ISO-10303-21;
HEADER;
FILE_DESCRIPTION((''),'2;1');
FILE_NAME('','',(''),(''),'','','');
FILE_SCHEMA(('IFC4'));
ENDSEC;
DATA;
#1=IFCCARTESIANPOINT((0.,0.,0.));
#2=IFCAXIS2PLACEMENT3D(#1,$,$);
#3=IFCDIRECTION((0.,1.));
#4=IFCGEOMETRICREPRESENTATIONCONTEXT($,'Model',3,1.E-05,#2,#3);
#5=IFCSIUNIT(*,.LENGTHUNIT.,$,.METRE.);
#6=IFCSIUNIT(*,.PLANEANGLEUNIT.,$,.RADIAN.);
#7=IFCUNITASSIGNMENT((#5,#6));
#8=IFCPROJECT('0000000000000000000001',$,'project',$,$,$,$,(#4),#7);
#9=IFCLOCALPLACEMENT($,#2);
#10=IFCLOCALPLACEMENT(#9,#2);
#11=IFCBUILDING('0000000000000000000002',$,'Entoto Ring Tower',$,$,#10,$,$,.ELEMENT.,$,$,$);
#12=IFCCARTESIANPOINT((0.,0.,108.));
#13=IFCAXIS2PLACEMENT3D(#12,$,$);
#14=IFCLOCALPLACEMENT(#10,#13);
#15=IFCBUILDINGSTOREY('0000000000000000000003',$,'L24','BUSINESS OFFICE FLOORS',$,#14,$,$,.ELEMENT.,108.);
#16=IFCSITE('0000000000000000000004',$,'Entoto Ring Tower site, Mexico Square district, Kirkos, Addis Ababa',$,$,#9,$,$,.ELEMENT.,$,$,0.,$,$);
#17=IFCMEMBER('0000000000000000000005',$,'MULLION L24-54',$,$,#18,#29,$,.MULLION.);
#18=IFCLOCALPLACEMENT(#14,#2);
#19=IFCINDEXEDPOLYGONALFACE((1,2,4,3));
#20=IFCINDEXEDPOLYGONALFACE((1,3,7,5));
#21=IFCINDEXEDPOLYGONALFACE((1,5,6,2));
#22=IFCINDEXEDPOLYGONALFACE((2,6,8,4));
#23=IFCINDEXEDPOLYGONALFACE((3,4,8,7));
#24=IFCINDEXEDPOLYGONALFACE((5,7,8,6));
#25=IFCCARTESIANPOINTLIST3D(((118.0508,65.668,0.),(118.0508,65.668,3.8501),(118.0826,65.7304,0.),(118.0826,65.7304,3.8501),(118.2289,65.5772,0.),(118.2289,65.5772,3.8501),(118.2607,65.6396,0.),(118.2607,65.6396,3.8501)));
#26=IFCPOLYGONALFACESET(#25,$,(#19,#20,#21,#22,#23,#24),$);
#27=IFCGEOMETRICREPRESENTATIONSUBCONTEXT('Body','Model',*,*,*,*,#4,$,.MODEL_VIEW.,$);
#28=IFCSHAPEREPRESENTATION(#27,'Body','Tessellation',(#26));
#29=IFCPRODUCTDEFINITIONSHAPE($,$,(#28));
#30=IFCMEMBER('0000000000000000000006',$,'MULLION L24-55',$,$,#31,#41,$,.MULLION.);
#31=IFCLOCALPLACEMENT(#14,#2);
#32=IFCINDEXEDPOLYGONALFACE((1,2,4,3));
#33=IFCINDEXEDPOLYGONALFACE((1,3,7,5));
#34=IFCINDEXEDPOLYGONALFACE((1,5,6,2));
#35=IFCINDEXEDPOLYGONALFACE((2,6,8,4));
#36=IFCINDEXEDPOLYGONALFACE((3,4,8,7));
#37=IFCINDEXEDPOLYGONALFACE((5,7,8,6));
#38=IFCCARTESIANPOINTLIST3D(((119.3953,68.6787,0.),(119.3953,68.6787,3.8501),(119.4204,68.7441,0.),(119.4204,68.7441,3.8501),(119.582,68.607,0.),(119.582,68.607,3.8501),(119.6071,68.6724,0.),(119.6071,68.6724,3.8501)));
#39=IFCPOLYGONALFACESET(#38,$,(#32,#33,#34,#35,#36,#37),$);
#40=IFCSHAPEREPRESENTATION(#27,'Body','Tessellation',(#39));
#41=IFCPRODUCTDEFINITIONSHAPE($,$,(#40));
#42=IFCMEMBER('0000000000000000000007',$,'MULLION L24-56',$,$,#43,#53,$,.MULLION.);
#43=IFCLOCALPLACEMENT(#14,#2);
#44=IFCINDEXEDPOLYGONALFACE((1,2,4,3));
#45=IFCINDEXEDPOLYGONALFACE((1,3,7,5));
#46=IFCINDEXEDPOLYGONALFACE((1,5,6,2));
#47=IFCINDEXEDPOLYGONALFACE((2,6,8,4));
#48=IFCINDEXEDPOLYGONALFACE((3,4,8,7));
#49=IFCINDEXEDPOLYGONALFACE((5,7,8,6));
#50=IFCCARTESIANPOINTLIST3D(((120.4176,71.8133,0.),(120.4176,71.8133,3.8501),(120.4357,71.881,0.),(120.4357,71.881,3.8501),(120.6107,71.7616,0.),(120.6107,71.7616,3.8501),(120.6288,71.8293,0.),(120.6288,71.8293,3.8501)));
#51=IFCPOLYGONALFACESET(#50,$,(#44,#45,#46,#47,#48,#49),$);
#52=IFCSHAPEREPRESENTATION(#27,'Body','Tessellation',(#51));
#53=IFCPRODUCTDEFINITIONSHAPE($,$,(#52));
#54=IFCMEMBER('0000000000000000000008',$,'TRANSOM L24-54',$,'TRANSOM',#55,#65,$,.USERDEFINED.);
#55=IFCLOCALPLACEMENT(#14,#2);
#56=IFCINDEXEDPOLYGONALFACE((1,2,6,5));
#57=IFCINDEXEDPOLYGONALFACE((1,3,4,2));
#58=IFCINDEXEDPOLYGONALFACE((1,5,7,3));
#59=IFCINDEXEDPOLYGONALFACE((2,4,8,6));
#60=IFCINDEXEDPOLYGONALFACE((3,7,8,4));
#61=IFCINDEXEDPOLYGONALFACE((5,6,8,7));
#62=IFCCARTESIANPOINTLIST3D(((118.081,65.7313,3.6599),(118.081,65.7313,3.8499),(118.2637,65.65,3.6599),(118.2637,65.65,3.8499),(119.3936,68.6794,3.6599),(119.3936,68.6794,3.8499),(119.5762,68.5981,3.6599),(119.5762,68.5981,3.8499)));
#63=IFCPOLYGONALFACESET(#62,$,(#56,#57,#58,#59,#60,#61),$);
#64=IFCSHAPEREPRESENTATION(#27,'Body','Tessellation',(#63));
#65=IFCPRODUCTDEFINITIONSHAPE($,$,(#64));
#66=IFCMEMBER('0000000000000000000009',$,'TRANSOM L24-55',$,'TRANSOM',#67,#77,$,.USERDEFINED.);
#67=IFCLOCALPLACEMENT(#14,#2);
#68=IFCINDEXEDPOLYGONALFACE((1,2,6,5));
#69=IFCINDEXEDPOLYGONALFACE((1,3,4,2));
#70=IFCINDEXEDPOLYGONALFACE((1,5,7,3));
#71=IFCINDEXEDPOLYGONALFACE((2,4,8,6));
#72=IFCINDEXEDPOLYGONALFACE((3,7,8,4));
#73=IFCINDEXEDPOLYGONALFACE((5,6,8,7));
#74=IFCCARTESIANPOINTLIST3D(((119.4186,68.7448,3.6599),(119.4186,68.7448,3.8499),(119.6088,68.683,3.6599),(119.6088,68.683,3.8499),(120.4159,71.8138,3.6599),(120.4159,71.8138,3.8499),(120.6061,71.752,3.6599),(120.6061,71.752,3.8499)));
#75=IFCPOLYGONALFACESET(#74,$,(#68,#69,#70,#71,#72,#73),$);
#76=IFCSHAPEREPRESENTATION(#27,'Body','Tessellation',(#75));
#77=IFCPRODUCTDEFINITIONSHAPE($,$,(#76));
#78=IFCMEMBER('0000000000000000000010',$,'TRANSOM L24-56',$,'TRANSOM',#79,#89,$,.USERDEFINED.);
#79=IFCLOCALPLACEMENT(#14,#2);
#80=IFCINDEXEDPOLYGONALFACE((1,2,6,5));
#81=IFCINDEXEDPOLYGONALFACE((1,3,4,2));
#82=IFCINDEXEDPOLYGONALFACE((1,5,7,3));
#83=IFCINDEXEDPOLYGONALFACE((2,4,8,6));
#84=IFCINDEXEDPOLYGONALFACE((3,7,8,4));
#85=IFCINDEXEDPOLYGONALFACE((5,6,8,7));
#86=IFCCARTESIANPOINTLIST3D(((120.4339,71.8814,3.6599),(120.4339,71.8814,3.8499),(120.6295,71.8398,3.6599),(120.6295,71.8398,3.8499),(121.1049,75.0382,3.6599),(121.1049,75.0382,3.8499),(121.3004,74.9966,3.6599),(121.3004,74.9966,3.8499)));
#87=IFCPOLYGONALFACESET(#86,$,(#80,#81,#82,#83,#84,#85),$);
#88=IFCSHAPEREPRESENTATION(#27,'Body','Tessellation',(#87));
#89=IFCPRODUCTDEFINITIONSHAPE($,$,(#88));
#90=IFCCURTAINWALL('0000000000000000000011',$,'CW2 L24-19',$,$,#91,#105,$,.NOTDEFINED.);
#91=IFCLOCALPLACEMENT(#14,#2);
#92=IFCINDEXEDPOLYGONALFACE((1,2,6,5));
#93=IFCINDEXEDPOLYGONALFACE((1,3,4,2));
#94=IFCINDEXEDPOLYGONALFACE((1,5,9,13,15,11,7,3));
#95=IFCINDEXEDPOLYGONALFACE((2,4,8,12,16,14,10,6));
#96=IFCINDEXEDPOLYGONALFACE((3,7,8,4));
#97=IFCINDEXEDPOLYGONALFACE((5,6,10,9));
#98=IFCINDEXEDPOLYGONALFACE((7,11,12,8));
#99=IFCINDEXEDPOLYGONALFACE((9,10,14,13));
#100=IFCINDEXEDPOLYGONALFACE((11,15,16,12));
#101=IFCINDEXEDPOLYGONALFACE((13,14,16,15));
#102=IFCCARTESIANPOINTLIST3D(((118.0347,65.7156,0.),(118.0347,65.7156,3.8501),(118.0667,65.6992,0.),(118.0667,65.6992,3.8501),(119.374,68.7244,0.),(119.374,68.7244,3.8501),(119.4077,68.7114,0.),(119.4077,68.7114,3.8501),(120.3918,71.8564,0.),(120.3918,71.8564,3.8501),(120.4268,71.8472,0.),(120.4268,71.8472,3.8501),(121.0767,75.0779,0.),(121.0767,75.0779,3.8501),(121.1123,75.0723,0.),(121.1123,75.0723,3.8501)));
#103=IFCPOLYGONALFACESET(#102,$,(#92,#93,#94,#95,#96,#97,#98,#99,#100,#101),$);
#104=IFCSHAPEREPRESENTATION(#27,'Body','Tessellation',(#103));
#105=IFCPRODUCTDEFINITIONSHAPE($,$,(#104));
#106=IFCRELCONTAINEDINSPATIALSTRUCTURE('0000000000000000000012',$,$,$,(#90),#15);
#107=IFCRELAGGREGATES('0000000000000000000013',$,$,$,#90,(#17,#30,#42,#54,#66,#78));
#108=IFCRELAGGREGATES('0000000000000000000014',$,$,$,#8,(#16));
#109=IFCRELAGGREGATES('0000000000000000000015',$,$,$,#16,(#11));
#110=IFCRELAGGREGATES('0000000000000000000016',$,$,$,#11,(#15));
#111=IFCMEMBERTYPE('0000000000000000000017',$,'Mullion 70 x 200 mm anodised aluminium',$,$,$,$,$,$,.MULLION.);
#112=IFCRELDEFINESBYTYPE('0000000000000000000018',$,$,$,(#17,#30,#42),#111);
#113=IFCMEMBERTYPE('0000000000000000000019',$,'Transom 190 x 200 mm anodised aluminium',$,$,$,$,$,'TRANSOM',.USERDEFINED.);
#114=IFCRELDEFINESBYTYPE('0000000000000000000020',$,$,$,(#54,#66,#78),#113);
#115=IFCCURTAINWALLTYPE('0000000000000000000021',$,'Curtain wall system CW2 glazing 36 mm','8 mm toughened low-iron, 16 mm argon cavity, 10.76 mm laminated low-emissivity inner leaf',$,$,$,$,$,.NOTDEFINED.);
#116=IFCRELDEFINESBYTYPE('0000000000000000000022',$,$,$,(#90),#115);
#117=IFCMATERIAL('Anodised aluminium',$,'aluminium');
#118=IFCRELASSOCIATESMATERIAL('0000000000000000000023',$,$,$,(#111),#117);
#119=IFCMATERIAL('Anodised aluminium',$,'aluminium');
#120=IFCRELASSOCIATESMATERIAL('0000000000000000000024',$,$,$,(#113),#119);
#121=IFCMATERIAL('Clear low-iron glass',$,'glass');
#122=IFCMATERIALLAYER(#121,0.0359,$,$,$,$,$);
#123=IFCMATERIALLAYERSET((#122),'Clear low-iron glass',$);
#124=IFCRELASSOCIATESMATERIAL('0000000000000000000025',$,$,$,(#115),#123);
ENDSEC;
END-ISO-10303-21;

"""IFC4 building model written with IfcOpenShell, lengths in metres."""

from ifc_helpers import new_model, si_unit, direction, frame, origin, origin_2d, place, context, subcontext, project, spatial, polyline, rectangle, outline, extrude, material, layer, layer_set, material_profile, profile_set, type_object, element, aggregate, save


model = new_model("IFC4")

# Units and contexts
model_context = context("Model", 3, precision=1e-05, world=origin(), true_north=direction((0.0, 1.0)))
body_context = subcontext(model_context, "Body", "Model", "MODEL_VIEW")
ifc_project = project(units=[si_unit("LENGTHUNIT", "METRE"), si_unit("PLANEANGLEUNIT", "RADIAN")], contexts=[model_context])

# Members
ifc_material_1 = material(Name="Anodised aluminium", Category="aluminium")
ifc_material_profile_1 = material_profile(ifc_material_1, rectangle(XDim=0.0701, YDim=0.2, at=origin_2d()), Name="Mullion 70 x 200 mm anodised aluminium")
ifc_profile_set_1 = profile_set([ifc_material_profile_1], Name="Anodised aluminium")
member_type_1 = type_object("IfcMemberType", Name="Mullion 70 x 200 mm anodised aluminium", PredefinedType="MULLION", material=ifc_profile_set_1)
site_placement = place(None, origin())
building_placement = place(site_placement, origin())
storey_placement = place(building_placement, frame((0.0, 0.0, 108.0)))
member_1_placement = place(storey_placement, frame((118.1558, 65.6538, 0.0), z_axis=(0.0, 0.0, 1.0), x_axis=(0.45399, 0.891007, 0.0)))
member_1 = element("IfcMember", 1, at=member_1_placement, type_object=member_type_1, Name="MULLION L24-54", PredefinedType="MULLION", context=body_context, shape_type="SweptSolid", body=[
    extrude(rectangle(XDim=0.0701, YDim=0.2, at=origin_2d()), origin(), (0.0, 0.0, 1.0), 3.8501),
])
member_2_placement = place(storey_placement, frame((119.5012, 68.6755, 0.0), z_axis=(0.0, 0.0, 1.0), x_axis=(0.358368, 0.93358, 0.0)))
member_2 = element("IfcMember", 2, at=member_2_placement, type_object=member_type_1, Name="MULLION L24-55", PredefinedType="MULLION", context=body_context, shape_type="SweptSolid", body=[
    extrude(rectangle(XDim=0.0701, YDim=0.2, at=origin_2d()), origin(), (0.0, 0.0, 1.0), 3.8501),
])
member_3_placement = place(storey_placement, frame((120.5232, 71.8213, 0.0), z_axis=(0.0, 0.0, 1.0), x_axis=(0.258819, 0.965926, 0.0)))
member_3 = element("IfcMember", 3, at=member_3_placement, type_object=member_type_1, Name="MULLION L24-56", PredefinedType="MULLION", context=body_context, shape_type="SweptSolid", body=[
    extrude(rectangle(XDim=0.0701, YDim=0.2, at=origin_2d()), origin(), (0.0, 0.0, 1.0), 3.8501),
])
ifc_material_2 = material(Name="Anodised aluminium", Category="aluminium")
ifc_material_profile_2 = material_profile(ifc_material_2, rectangle(XDim=0.2, YDim=0.1899, at=origin_2d()), Name="Transom 190 x 200 mm anodised aluminium")
ifc_profile_set_2 = profile_set([ifc_material_profile_2], Name="Anodised aluminium")
member_type_2 = type_object("IfcMemberType", Name="Transom 190 x 200 mm anodised aluminium", ElementType="TRANSOM", PredefinedType="USERDEFINED", material=ifc_profile_set_2)
member_4_placement = place(storey_placement, frame((118.1724, 65.6907, 3.7549), z_axis=(0.406728, 0.913549, 0.0), x_axis=(-0.913549, 0.406728, 0.0)))
member_4 = element("IfcMember", 4, at=member_4_placement, type_object=member_type_2, Name="TRANSOM L24-54", ObjectType="TRANSOM", PredefinedType="USERDEFINED", context=body_context, shape_type="SweptSolid", body=[
    extrude(rectangle(XDim=0.2, YDim=0.1899, at=origin_2d()), origin(), (0.0, 0.0, 1.0), 3.2271),
])
member_5_placement = place(storey_placement, frame((119.5137, 68.7139, 3.7549), z_axis=(0.309047, 0.951047, 0.0), x_axis=(-0.951047, 0.309047, 0.0)))
member_5 = element("IfcMember", 5, at=member_5_placement, type_object=member_type_2, Name="TRANSOM L24-55", ObjectType="TRANSOM", PredefinedType="USERDEFINED", context=body_context, shape_type="SweptSolid", body=[
    extrude(rectangle(XDim=0.2, YDim=0.1899, at=origin_2d()), origin(), (0.0, 0.0, 1.0), 3.2271),
])
member_6_placement = place(storey_placement, frame((120.5317, 71.8606, 3.7549), z_axis=(0.207886, 0.978153, 0.0), x_axis=(-0.978153, 0.207886, 0.0)))
member_6 = element("IfcMember", 6, at=member_6_placement, type_object=member_type_2, Name="TRANSOM L24-56", ObjectType="TRANSOM", PredefinedType="USERDEFINED", context=body_context, shape_type="SweptSolid", body=[
    extrude(rectangle(XDim=0.2, YDim=0.1899, at=origin_2d()), origin(), (0.0, 0.0, 1.0), 3.2273),
])

# Site, building, storey
site = spatial("IfcSite", under=ifc_project, at=site_placement, Name="Entoto Ring Tower site, Mexico Square district, Kirkos, Addis Ababa", CompositionType="ELEMENT", RefElevation=0.0)
building = spatial("IfcBuilding", under=site, at=building_placement, Name="Entoto Ring Tower", CompositionType="ELEMENT")
storey = spatial("IfcBuildingStorey", under=building, at=storey_placement, Name="L24", Description="BUSINESS OFFICE FLOORS", CompositionType="ELEMENT", Elevation=108.0)

# Curtain wall
ifc_material_3 = material(Name="Clear low-iron glass", Category="glass")
ifc_layer_1 = layer(ifc_material_3, 0.0359)
ifc_layer_set_1 = layer_set([ifc_layer_1], Name="Clear low-iron glass")
curtain_wall_type = type_object("IfcCurtainWallType", Name="Curtain wall system CW2 glazing 36 mm", Description="8 mm toughened low-iron, 16 mm argon cavity, 10.76 mm laminated low-emissivity inner leaf", PredefinedType="NOTDEFINED", material=ifc_layer_set_1)
curtain_wall_1_placement = place(storey_placement, origin())
curtain_wall_1 = element("IfcCurtainWall", 7, at=curtain_wall_1_placement, inside=storey, type_object=curtain_wall_type, Name="CW2 L24-19", PredefinedType="NOTDEFINED", context=body_context, shape_type="SweptSolid", body=[
    extrude(outline(polyline([(118.0667, 65.6992), (119.4077, 68.7114), (120.4268, 71.8472), (121.1123, 75.0723), (121.0767, 75.0779), (120.3918, 71.8564), (119.374, 68.7244), (118.0347, 65.7156), (118.0667, 65.6992)])), origin(), (0.0, 0.0, 1.0), 3.8501),
])
aggregate(curtain_wall_1, [member_1, member_2, member_3, member_4, member_5, member_6])

save(model, "model.ifc")
